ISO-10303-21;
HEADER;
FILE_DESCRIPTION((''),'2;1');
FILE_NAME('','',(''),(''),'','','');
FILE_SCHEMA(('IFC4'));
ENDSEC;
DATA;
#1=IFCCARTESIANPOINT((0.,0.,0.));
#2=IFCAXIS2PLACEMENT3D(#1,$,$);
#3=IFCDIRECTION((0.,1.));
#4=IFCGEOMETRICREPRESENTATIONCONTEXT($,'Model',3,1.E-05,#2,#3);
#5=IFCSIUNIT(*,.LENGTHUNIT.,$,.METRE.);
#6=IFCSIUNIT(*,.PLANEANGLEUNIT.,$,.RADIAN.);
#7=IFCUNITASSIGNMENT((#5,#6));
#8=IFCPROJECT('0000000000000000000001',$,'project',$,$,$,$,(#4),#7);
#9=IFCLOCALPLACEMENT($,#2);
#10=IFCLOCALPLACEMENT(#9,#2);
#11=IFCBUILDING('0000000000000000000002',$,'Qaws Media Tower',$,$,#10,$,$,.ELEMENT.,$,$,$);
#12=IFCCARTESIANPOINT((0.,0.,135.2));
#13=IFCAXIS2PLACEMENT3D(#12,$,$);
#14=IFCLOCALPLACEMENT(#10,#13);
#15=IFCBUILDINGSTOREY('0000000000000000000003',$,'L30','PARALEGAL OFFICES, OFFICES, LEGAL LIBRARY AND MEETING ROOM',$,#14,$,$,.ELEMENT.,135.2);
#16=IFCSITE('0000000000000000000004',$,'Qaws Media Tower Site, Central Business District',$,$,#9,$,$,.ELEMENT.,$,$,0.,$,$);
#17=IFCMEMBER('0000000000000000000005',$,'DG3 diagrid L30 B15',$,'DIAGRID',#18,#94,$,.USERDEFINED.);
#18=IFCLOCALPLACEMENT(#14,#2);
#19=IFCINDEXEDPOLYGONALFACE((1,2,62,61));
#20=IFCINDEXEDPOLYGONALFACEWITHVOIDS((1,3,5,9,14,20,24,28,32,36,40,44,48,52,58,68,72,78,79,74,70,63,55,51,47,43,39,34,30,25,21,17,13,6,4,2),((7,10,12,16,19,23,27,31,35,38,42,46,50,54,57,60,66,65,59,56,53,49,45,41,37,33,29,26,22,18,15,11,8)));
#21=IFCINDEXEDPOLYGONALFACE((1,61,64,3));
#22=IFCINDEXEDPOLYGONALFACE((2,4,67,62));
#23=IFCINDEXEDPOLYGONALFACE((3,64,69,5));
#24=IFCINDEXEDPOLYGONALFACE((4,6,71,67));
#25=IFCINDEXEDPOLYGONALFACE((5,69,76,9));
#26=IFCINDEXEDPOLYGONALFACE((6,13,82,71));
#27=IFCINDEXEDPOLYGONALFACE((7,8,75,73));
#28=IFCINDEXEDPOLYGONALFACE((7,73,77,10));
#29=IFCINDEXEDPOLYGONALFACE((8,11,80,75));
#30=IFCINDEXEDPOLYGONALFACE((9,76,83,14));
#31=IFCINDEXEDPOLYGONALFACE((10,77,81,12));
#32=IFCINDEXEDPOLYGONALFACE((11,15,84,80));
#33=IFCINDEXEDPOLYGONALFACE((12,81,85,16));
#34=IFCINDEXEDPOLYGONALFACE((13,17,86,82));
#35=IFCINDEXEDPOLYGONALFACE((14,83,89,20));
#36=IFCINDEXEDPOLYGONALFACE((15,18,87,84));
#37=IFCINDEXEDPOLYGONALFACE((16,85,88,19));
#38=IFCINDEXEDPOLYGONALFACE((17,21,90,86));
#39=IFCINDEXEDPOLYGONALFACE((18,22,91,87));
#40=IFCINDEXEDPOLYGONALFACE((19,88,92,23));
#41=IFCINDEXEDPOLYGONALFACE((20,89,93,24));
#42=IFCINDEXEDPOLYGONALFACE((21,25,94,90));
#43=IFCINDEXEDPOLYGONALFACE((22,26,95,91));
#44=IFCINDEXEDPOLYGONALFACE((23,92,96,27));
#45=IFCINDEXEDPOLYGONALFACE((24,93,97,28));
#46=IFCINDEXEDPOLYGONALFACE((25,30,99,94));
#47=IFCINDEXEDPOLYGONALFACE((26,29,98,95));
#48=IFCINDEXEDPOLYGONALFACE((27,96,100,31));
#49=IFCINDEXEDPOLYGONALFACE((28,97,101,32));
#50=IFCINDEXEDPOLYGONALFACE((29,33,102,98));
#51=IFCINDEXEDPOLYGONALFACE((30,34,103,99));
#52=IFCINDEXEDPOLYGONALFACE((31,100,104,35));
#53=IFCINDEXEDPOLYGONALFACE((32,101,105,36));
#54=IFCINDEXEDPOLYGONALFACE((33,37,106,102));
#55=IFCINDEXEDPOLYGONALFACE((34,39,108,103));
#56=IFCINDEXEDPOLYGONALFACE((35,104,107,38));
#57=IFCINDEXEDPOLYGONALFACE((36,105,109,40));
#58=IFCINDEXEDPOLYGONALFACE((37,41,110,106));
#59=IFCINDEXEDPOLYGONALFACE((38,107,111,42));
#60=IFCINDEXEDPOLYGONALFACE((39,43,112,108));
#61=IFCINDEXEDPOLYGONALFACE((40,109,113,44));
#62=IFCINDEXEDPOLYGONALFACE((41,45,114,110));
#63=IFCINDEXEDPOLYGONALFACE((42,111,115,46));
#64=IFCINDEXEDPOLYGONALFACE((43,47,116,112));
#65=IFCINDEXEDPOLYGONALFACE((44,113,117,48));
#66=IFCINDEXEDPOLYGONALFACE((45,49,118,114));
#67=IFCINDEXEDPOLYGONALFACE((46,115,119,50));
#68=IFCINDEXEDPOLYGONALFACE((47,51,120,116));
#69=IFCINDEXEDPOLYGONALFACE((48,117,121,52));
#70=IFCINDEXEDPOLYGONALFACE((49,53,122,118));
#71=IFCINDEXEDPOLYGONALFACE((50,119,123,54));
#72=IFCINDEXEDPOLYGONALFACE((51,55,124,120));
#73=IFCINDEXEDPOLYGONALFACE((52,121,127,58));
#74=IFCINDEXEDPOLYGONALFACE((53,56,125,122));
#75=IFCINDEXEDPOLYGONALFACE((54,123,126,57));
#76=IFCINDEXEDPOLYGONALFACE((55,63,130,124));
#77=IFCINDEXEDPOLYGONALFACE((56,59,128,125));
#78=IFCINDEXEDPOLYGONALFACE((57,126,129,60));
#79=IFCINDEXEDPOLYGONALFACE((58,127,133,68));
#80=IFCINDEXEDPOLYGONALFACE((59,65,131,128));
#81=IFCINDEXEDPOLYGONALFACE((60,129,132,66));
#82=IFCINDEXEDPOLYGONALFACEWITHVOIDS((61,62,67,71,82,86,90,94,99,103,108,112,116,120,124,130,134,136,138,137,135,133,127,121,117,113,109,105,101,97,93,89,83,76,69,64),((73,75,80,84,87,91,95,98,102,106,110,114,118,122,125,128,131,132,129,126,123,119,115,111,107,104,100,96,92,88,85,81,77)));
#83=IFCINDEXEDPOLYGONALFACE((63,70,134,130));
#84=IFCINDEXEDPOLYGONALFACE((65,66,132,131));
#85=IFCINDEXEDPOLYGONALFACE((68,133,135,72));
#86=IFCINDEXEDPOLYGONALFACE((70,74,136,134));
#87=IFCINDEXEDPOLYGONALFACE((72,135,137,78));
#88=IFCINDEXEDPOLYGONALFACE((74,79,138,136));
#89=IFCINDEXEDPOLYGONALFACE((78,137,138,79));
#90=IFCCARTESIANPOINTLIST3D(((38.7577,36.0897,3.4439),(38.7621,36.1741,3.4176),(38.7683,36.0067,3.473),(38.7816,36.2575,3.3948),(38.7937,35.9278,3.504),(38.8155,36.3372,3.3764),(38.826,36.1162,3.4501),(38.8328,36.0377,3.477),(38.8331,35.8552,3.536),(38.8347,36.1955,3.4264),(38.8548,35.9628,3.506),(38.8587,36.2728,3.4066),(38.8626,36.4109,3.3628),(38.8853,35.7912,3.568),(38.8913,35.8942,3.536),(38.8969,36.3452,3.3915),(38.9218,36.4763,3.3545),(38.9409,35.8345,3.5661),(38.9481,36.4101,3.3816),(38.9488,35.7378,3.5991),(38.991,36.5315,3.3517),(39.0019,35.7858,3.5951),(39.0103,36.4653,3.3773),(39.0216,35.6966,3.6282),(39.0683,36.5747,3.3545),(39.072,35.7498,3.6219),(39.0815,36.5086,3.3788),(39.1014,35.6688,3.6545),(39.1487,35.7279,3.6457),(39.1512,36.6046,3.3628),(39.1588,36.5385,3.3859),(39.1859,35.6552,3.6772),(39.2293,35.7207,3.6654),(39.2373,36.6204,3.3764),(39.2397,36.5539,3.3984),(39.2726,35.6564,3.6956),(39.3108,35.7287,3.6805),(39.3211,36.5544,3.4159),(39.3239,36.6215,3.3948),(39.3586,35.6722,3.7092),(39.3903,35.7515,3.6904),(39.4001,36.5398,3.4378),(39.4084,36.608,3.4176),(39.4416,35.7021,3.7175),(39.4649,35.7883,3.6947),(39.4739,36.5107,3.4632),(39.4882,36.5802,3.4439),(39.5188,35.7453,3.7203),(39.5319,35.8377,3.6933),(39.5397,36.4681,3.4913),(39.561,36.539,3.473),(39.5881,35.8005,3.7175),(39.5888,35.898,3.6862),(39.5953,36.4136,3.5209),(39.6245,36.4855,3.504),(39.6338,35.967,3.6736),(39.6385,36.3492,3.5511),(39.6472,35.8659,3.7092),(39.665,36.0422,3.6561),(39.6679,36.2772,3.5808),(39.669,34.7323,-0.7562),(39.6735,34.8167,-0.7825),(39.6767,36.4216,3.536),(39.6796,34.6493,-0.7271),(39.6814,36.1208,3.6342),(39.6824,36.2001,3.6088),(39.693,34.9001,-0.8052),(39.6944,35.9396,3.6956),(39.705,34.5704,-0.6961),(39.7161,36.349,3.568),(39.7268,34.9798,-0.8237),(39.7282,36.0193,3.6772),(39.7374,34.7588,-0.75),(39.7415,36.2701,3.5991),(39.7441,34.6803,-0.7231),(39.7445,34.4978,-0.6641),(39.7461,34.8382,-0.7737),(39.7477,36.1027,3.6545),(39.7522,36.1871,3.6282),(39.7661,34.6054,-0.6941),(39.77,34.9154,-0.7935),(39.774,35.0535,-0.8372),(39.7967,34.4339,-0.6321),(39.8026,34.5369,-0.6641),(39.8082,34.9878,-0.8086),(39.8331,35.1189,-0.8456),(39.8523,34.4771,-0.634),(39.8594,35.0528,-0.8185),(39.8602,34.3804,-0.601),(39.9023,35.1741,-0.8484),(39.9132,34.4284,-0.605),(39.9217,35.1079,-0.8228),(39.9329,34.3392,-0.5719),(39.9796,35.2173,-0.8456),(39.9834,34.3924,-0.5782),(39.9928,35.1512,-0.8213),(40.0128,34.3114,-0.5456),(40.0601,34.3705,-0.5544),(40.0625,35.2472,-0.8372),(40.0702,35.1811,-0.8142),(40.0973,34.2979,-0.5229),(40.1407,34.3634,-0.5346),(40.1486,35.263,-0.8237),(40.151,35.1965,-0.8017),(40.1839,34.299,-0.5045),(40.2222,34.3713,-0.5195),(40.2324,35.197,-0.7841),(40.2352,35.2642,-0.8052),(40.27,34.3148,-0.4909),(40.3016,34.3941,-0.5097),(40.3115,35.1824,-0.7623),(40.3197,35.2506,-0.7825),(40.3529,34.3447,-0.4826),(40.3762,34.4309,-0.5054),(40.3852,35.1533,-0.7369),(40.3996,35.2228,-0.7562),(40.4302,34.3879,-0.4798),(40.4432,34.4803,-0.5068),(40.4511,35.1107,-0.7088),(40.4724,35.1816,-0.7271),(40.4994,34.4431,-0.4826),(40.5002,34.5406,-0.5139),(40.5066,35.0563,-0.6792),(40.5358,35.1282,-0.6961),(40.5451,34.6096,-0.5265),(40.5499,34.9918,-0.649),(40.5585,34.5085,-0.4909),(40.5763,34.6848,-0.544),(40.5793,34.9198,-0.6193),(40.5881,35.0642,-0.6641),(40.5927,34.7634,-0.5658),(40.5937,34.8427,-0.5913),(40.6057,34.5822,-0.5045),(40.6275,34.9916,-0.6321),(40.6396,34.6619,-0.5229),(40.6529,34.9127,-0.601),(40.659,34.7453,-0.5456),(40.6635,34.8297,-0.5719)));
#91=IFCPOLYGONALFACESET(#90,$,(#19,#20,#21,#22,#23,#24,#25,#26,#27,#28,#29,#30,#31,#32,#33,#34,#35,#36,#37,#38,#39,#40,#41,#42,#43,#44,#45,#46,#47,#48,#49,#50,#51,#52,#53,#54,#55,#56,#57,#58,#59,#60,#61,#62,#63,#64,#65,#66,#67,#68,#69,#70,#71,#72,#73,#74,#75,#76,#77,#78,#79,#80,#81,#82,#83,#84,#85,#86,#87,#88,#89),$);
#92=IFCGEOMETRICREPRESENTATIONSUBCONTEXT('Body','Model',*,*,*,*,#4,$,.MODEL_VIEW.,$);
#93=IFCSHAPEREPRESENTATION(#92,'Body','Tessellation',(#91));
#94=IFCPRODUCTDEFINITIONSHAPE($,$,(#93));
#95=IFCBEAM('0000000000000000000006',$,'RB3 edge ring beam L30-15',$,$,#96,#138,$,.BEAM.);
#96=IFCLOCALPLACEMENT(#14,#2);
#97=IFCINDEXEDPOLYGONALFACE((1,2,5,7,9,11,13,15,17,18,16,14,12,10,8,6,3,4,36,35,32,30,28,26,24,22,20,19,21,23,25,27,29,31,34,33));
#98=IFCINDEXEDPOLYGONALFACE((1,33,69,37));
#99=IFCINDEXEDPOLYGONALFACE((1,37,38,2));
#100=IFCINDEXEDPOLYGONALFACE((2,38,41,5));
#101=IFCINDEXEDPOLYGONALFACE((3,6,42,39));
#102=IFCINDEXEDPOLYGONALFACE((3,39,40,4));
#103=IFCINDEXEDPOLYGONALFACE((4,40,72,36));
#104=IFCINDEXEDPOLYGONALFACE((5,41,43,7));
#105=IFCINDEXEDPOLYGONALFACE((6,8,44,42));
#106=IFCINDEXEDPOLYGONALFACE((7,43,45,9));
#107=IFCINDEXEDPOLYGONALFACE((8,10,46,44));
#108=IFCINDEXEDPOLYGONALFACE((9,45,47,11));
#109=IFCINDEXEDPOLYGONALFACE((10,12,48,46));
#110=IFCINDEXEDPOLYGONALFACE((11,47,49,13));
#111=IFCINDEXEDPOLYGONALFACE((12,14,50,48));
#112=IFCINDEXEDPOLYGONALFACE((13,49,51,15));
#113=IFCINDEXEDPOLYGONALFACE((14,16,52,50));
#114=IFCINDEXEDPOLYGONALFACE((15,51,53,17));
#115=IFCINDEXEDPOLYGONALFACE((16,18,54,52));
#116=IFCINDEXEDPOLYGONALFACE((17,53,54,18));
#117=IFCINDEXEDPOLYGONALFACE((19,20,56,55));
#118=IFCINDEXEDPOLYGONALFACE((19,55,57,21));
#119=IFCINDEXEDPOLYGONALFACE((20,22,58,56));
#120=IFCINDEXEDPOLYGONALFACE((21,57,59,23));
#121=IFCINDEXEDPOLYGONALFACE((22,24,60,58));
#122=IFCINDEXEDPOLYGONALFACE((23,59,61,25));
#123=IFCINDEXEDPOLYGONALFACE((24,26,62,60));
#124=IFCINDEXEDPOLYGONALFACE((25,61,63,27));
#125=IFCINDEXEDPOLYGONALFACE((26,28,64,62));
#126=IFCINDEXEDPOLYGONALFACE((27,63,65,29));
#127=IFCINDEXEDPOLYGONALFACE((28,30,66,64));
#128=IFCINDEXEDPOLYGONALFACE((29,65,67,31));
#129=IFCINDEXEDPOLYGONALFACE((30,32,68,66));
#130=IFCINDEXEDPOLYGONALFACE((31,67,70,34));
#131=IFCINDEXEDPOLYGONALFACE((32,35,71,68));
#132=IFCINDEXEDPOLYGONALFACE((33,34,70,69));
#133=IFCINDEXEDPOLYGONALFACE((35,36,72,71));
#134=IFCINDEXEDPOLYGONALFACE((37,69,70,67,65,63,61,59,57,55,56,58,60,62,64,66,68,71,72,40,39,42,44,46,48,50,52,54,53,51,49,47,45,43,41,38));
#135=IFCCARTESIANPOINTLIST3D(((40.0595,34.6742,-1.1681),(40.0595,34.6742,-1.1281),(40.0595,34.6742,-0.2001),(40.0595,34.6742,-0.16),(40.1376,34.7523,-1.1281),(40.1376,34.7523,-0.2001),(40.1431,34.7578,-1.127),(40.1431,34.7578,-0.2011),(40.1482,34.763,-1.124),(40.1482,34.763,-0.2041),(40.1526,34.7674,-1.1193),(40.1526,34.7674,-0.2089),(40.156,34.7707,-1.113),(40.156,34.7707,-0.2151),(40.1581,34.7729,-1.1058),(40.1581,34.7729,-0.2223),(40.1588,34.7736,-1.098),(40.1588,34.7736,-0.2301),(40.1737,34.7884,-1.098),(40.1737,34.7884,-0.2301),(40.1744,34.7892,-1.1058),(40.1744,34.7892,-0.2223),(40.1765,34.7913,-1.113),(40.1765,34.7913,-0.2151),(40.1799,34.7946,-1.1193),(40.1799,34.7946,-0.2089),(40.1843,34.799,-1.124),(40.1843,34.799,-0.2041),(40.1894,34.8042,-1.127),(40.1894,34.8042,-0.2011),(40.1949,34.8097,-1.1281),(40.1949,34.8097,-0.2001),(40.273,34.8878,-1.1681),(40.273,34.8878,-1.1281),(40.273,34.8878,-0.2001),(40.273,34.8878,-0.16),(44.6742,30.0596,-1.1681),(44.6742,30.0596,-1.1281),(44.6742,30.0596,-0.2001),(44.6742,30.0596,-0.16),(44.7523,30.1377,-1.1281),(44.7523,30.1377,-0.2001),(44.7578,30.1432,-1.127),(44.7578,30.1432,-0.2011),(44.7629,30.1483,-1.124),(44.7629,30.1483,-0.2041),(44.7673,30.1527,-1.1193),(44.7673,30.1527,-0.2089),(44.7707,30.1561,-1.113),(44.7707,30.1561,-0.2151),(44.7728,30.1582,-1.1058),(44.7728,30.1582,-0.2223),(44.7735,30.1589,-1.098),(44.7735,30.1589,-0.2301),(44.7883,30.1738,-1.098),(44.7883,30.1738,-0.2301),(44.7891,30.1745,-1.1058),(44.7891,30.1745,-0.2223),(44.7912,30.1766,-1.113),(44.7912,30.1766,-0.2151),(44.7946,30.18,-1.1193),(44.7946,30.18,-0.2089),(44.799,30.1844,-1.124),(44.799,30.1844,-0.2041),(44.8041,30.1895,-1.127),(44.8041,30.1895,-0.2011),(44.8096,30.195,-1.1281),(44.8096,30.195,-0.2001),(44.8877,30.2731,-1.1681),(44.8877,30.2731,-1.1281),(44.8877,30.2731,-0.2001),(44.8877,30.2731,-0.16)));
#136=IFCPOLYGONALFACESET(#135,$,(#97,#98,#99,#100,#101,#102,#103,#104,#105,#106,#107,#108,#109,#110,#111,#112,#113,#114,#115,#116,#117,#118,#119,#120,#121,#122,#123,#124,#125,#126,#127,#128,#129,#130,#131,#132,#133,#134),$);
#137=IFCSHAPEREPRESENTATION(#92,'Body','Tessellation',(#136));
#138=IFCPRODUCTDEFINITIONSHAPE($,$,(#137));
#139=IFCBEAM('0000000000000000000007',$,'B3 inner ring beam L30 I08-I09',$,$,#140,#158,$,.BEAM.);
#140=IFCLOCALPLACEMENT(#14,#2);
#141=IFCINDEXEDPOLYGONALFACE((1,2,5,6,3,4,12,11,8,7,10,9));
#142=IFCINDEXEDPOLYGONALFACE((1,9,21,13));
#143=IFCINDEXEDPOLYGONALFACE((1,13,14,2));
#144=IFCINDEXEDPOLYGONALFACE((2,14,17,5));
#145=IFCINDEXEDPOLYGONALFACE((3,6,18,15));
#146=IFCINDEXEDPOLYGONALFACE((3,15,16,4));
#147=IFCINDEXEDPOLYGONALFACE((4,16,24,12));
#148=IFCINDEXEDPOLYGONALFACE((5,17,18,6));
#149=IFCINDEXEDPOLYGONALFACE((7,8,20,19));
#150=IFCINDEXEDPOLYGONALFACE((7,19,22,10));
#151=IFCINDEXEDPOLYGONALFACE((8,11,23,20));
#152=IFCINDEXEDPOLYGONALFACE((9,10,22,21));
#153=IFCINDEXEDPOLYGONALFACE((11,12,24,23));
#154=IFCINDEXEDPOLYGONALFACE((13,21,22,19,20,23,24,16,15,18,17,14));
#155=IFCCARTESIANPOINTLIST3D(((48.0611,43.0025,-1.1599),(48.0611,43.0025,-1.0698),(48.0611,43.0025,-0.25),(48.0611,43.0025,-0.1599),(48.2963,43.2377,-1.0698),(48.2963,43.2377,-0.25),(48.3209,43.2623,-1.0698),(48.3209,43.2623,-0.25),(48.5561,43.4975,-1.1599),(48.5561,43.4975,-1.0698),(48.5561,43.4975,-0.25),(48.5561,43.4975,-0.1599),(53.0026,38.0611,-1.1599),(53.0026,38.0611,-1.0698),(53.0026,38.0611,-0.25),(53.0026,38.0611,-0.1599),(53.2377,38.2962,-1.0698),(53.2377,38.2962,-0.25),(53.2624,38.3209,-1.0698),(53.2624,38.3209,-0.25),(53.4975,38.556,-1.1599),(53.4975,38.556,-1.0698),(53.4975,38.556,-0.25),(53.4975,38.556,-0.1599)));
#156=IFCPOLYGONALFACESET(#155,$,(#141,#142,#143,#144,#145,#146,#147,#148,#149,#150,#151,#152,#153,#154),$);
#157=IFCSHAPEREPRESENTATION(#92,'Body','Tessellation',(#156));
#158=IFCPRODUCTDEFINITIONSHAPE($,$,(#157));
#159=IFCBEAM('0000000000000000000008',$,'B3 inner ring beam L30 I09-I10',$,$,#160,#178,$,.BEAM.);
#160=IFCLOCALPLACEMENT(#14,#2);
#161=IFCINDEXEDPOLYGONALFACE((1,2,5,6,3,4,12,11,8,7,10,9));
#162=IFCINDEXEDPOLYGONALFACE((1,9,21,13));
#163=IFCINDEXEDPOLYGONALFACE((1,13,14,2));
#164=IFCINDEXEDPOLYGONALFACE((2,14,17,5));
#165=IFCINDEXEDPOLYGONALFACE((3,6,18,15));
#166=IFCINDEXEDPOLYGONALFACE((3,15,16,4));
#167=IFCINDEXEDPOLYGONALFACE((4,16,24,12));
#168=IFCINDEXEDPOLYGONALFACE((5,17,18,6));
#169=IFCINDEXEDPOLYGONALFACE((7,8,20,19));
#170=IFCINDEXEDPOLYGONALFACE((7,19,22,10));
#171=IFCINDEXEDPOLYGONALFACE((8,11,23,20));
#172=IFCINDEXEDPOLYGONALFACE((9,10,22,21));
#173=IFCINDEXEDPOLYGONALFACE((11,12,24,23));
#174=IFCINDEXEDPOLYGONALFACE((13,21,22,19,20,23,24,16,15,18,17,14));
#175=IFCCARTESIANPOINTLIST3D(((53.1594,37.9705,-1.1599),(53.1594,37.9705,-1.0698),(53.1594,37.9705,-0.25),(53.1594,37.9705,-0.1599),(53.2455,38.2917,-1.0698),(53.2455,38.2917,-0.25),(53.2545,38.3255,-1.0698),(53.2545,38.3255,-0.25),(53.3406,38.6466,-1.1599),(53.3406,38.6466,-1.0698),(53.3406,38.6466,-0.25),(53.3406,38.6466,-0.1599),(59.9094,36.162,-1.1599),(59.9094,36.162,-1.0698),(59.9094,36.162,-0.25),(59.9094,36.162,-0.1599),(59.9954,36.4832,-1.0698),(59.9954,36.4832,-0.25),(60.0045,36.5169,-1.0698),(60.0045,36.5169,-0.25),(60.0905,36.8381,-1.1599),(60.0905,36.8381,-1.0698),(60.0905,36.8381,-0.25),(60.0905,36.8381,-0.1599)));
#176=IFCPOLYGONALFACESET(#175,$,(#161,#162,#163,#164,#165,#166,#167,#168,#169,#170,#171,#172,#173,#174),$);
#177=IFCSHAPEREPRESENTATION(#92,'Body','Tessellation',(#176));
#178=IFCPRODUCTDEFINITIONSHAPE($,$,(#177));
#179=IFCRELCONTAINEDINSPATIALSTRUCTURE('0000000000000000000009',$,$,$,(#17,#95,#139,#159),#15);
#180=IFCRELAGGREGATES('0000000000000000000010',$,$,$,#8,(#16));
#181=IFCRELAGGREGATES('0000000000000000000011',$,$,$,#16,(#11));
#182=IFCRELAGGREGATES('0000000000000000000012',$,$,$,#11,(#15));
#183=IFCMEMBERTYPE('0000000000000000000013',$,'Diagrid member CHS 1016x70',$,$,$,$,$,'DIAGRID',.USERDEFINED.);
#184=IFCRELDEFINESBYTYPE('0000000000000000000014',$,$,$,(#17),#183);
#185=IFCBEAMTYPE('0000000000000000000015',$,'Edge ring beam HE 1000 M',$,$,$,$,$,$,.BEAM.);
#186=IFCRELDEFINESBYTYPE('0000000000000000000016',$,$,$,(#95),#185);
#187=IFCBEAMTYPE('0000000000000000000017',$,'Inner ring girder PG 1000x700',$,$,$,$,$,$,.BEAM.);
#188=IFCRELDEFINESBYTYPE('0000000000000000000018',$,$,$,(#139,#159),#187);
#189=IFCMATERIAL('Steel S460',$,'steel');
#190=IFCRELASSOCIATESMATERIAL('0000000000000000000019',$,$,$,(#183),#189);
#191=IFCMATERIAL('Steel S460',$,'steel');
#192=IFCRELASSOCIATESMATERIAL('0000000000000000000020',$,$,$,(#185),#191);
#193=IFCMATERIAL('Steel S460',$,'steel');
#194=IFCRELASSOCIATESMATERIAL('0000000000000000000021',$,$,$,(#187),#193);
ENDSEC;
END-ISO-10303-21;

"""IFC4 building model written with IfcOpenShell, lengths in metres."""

from ifc_helpers import new_model, si_unit, direction, frame, origin, origin_2d, place, context, subcontext, project, spatial, hollow_circle, i_section, extrude, material, material_profile, profile_set, type_object, element, save


model = new_model("IFC4")

# Units and contexts
model_context = context("Model", 3, precision=1e-05, world=origin(), true_north=direction((0.0, 1.0)))
body_context = subcontext(model_context, "Body", "Model", "MODEL_VIEW")
ifc_project = project(units=[si_unit("LENGTHUNIT", "METRE"), si_unit("PLANEANGLEUNIT", "RADIAN")], contexts=[model_context])

# Site, building, storey
site_placement = place(None, origin())
site = spatial("IfcSite", under=ifc_project, at=site_placement, Name="Qaws Media Tower Site, Central Business District", CompositionType="ELEMENT", RefElevation=0.0)
building_placement = place(site_placement, origin())
building = spatial("IfcBuilding", under=site, at=building_placement, Name="Qaws Media Tower", CompositionType="ELEMENT")
storey_placement = place(building_placement, frame((0.0, 0.0, 135.2)))
storey = spatial("IfcBuildingStorey", under=building, at=storey_placement, Name="L30", Description="PARALEGAL OFFICES, OFFICES, LEGAL LIBRARY AND MEETING ROOM", CompositionType="ELEMENT", Elevation=135.2)

# Member
ifc_material_1 = material(Name="Steel S460", Category="steel")
ifc_material_profile_1 = material_profile(ifc_material_1, hollow_circle(Radius=0.5081, WallThickness=0.0701, at=origin_2d()), Name="CHS 1016x70")
ifc_profile_set_1 = profile_set([ifc_material_profile_1], Name="Steel S460")
member_type_1 = type_object("IfcMemberType", Name="Diagrid member CHS 1016x70", ElementType="DIAGRID", PredefinedType="USERDEFINED", material=ifc_profile_set_1)
member_1_placement = place(storey_placement, frame((40.1663, 34.781, -0.6641), z_axis=(-0.202205, 0.301168, 0.931886), x_axis=(-0.830231, -0.557419, 0.0)))
element("IfcMember", 1, at=member_1_placement, inside=storey, type_object=member_type_1, Name="DG3 diagrid L30 B15", ObjectType="DIAGRID", PredefinedType="USERDEFINED", context=body_context, shape_type="SweptSolid", body=[
    extrude(hollow_circle(Radius=0.5081, WallThickness=0.0701, at=origin_2d()), origin(), (0.0, 0.0, 1.0), 4.5071),
])

# Beams
ifc_material_2 = material(Name="Steel S460", Category="steel")
ifc_material_profile_2 = material_profile(ifc_material_2, i_section(OverallWidth=0.302, OverallDepth=1.0081, WebThickness=0.021, FlangeThickness=0.04, FilletRadius=0.03, at=origin_2d()), Name="HE 1000 M")
ifc_profile_set_2 = profile_set([ifc_material_profile_2], Name="Steel S460")
beam_type_1 = type_object("IfcBeamType", Name="Edge ring beam HE 1000 M", PredefinedType="BEAM", material=ifc_profile_set_2)
beam_1_placement = place(storey_placement, frame((40.1663, 34.781, -0.6641), z_axis=(0.707107, -0.707107, 0.0), x_axis=(0.707107, 0.707107, 0.0)))
element("IfcBeam", 2, at=beam_1_placement, inside=storey, type_object=beam_type_1, Name="RB3 edge ring beam L30-15", PredefinedType="BEAM", context=body_context, shape_type="SweptSolid", body=[
    extrude(i_section(OverallWidth=0.302, OverallDepth=1.0081, WebThickness=0.021, FlangeThickness=0.04, FilletRadius=0.03, at=origin_2d()), origin(), (0.0, 0.0, 1.0), 6.5261),
])
ifc_material_3 = material(Name="Steel S460", Category="steel")
ifc_material_profile_3 = material_profile(ifc_material_3, i_section(OverallWidth=0.7, OverallDepth=1.0, WebThickness=0.0349, FlangeThickness=0.0901, at=origin_2d()), Name="PG 1000x700")
ifc_profile_set_3 = profile_set([ifc_material_profile_3], Name="Steel S460")
beam_type_2 = type_object("IfcBeamType", Name="Inner ring girder PG 1000x700", PredefinedType="BEAM", material=ifc_profile_set_3)
beam_2_placement = place(storey_placement, frame((48.3086, 43.25, -0.6599), z_axis=(0.707107, -0.707107, 0.0), x_axis=(0.707107, 0.707107, 0.0)))
element("IfcBeam", 3, at=beam_2_placement, inside=storey, type_object=beam_type_2, Name="B3 inner ring beam L30 I08-I09", PredefinedType="BEAM", context=body_context, shape_type="SweptSolid", body=[
    extrude(i_section(OverallWidth=0.7, OverallDepth=1.0, WebThickness=0.0349, FlangeThickness=0.0901, at=origin_2d()), origin(), (0.0, 0.0, 1.0), 6.9883),
])
beam_3_placement = place(storey_placement, frame((53.25, 38.3086, -0.6599), z_axis=(0.965928, -0.258811, 0.0), x_axis=(0.258811, 0.965928, 0.0)))
element("IfcBeam", 4, at=beam_3_placement, inside=storey, type_object=beam_type_2, Name="B3 inner ring beam L30 I09-I10", PredefinedType="BEAM", context=body_context, shape_type="SweptSolid", body=[
    extrude(i_section(OverallWidth=0.7, OverallDepth=1.0, WebThickness=0.0349, FlangeThickness=0.0901, at=origin_2d()), origin(), (0.0, 0.0, 1.0), 6.988),
])

save(model, "model.ifc")
